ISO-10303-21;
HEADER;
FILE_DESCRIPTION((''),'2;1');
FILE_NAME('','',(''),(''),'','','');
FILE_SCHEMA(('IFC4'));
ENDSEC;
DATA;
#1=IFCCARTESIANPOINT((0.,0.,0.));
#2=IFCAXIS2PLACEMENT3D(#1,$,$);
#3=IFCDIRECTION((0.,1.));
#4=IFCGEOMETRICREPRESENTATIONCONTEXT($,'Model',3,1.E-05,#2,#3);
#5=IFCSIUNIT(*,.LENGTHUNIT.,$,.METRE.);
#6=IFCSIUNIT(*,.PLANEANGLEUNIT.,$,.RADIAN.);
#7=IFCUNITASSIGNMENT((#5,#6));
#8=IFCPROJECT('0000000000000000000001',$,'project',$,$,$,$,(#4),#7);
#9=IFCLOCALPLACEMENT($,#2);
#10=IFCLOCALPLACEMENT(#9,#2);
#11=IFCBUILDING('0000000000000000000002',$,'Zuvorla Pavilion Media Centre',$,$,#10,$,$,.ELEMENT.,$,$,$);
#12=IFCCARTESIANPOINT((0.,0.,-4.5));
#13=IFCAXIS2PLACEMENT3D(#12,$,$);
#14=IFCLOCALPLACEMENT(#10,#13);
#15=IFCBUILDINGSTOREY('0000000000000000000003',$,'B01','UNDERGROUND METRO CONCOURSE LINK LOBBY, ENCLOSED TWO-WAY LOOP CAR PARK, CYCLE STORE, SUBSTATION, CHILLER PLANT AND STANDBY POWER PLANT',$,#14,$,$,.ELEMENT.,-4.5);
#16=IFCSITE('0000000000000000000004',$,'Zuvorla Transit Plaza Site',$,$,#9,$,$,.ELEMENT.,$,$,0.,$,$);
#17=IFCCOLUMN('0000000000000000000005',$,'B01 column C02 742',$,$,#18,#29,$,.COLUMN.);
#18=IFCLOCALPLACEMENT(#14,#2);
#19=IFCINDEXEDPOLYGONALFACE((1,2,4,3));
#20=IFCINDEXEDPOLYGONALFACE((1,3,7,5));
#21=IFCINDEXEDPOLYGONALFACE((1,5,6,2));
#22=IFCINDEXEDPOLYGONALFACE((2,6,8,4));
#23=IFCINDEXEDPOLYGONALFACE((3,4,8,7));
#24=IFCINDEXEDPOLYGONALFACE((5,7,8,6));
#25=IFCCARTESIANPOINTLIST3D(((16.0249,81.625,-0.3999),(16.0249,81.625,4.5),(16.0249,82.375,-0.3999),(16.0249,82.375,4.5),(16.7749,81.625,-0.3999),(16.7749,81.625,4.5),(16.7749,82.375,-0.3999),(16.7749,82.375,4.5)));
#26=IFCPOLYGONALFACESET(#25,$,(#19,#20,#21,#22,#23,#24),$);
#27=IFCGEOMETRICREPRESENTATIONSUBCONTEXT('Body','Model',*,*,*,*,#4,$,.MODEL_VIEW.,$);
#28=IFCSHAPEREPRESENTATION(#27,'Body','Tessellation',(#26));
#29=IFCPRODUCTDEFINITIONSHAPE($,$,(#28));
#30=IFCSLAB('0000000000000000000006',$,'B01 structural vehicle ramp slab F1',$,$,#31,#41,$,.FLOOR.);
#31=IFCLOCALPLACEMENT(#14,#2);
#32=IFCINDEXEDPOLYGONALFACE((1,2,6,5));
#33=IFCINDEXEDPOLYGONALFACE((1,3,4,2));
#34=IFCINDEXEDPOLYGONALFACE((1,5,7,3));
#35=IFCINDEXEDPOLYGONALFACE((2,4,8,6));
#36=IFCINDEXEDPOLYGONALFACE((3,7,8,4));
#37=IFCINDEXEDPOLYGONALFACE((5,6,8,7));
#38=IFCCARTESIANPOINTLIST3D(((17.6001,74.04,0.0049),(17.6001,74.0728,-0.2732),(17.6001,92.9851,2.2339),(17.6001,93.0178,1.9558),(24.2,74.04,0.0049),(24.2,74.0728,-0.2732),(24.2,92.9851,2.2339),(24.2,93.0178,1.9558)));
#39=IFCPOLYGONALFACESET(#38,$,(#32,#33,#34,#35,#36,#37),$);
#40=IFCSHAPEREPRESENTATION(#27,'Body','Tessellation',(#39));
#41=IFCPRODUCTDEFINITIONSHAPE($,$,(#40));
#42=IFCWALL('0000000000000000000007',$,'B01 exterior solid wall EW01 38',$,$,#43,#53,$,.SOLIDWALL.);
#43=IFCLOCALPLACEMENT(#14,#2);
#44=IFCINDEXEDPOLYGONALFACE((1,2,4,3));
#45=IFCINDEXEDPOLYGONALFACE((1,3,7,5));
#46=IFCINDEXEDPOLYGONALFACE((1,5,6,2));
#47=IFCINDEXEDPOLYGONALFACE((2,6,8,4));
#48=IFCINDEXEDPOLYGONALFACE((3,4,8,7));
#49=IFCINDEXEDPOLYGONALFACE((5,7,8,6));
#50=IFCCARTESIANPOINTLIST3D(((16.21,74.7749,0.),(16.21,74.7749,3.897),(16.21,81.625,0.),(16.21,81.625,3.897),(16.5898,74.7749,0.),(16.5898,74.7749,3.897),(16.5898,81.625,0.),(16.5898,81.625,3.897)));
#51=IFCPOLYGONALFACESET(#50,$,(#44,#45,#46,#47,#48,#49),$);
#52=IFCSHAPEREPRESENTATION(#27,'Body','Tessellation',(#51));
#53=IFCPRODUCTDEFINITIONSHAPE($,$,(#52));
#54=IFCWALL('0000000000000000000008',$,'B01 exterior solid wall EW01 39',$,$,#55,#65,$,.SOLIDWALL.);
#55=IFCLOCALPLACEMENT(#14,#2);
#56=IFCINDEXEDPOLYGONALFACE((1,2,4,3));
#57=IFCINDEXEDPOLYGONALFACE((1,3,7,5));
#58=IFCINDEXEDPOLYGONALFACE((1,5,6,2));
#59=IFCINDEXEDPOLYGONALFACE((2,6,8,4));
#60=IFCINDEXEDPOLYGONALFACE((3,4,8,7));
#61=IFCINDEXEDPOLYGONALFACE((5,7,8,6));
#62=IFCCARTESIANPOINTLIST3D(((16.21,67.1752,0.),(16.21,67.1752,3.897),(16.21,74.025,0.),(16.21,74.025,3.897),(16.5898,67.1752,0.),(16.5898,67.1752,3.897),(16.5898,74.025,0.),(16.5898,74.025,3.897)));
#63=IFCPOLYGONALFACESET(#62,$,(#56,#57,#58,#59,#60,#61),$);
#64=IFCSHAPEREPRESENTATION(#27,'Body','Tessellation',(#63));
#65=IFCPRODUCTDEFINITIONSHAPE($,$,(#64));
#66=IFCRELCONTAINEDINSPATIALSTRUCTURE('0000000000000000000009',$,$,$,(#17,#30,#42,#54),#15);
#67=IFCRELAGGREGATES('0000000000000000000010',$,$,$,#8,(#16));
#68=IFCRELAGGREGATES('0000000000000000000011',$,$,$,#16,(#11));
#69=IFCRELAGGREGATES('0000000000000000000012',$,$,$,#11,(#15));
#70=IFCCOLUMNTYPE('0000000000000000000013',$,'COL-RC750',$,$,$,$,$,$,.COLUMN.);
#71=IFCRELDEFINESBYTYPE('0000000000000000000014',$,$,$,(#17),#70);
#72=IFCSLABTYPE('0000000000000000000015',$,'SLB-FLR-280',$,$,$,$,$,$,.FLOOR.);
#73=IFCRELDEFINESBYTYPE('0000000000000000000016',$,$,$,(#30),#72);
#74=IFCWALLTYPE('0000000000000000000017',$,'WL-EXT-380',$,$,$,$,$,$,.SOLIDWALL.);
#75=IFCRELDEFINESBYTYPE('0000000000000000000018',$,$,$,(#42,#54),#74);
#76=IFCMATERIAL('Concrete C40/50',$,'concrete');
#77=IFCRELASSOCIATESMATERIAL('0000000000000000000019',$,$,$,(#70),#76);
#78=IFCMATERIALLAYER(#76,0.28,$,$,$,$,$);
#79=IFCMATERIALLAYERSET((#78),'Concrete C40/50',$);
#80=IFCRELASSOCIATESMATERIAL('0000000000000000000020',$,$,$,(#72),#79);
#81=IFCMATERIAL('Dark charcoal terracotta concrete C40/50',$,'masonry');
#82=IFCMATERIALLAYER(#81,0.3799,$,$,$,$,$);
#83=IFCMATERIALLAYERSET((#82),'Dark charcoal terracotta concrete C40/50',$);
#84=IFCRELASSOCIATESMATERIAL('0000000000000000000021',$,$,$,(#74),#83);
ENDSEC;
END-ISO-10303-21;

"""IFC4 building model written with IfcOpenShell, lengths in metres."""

from ifc_helpers import new_model, si_unit, direction, frame, frame_2d, origin, origin_2d, place, context, subcontext, project, spatial, polyline, rectangle, outline, extrude, material, layer, layer_set, material_profile, profile_set, type_object, element, save


model = new_model("IFC4")

# Units and contexts
model_context = context("Model", 3, precision=1e-05, world=origin(), true_north=direction((0.0, 1.0)))
body_context = subcontext(model_context, "Body", "Model", "MODEL_VIEW")
ifc_project = project(units=[si_unit("LENGTHUNIT", "METRE"), si_unit("PLANEANGLEUNIT", "RADIAN")], contexts=[model_context])

# Site, building, storey
site_placement = place(None, origin())
site = spatial("IfcSite", under=ifc_project, at=site_placement, Name="Zuvorla Transit Plaza Site", CompositionType="ELEMENT", RefElevation=0.0)
building_placement = place(site_placement, origin())
building = spatial("IfcBuilding", under=site, at=building_placement, Name="Zuvorla Pavilion Media Centre", CompositionType="ELEMENT")
storey_placement = place(building_placement, frame((0.0, 0.0, -4.5)))
storey = spatial("IfcBuildingStorey", under=building, at=storey_placement, Name="B01", Description="UNDERGROUND METRO CONCOURSE LINK LOBBY, ENCLOSED TWO-WAY LOOP CAR PARK, CYCLE STORE, SUBSTATION, CHILLER PLANT AND STANDBY POWER PLANT", CompositionType="ELEMENT", Elevation=-4.5)

# Shared definitions
ifc_material_1 = material(Name="Concrete C40/50", Category="concrete")

# Column
ifc_material_profile_1 = material_profile(ifc_material_1, rectangle(XDim=0.75, YDim=0.75, at=origin_2d()), Name="RC 750x750")
ifc_profile_set_1 = profile_set([ifc_material_profile_1], Name="Concrete C40/50")
column_type = type_object("IfcColumnType", Name="COL-RC750", PredefinedType="COLUMN", material=ifc_profile_set_1)
for number, where, z_axis, x_axis, name in (
    (1, (16.3999, 82.0, -0.3999), (0.0, 0.0, 1.0), (1.0, 0.0, 0.0), "B01 column C02 742"),
):
    element("IfcColumn", number, at=place(storey_placement, frame(where, z_axis=z_axis, x_axis=x_axis)), inside=storey, type_object=column_type, Name=name, PredefinedType="COLUMN", context=body_context, shape_type="SweptSolid", body=[
        extrude(rectangle(XDim=0.75, YDim=0.75, at=origin_2d()), origin(), (0.0, 0.0, 1.0), 4.8999),
    ])

# Slab
ifc_layer_1 = layer(ifc_material_1, 0.28)
ifc_layer_set_1 = layer_set([ifc_layer_1], Name="Concrete C40/50")
slab_type = type_object("IfcSlabType", Name="SLB-FLR-280", PredefinedType="FLOOR", material=ifc_layer_set_1)
slab_placement = place(storey_placement, frame((17.6001, 74.04, 0.0049), z_axis=(0.0, -0.11685, 0.99315), x_axis=(1.0, 0.0, 0.0)))
element("IfcSlab", 2, at=slab_placement, inside=storey, type_object=slab_type, Name="B01 structural vehicle ramp slab F1", PredefinedType="FLOOR", context=body_context, shape_type="SweptSolid", body=[
    extrude(outline(polyline([(0.0, 0.0), (6.5999, 0.0), (6.5999, 19.0757), (0.0, 19.0757), (0.0, 0.0)])), origin(), (0.0, 0.0, -1.0), 0.28),
])

# Walls
ifc_material_2 = material(Name="Dark charcoal terracotta concrete C40/50", Category="masonry")
ifc_layer_2 = layer(ifc_material_2, 0.3799)
ifc_layer_set_2 = layer_set([ifc_layer_2], Name="Dark charcoal terracotta concrete C40/50")
wall_type = type_object("IfcWallType", Name="WL-EXT-380", PredefinedType="SOLIDWALL", material=ifc_layer_set_2)
wall_1_placement = place(storey_placement, frame((16.3999, 81.625, 0.0), z_axis=(0.0, 0.0, 1.0), x_axis=(0.0, -1.0, 0.0)))
element("IfcWall", 3, at=wall_1_placement, inside=storey, type_object=wall_type, Name="B01 exterior solid wall EW01 38", PredefinedType="SOLIDWALL", context=body_context, shape_type="SweptSolid", body=[
    extrude(rectangle(XDim=6.8501, YDim=0.3799, at=frame_2d((3.425, 0.0))), origin(), (0.0, 0.0, 1.0), 3.897),
])
wall_2_placement = place(storey_placement, frame((16.3999, 74.0249, 0.0), z_axis=(0.0, 0.0, 1.0), x_axis=(0.0, -1.0, 0.0)))
element("IfcWall", 4, at=wall_2_placement, inside=storey, type_object=wall_type, Name="B01 exterior solid wall EW01 39", PredefinedType="SOLIDWALL", context=body_context, shape_type="SweptSolid", body=[
    extrude(rectangle(XDim=6.8499, YDim=0.3799, at=frame_2d((3.4248, 0.0))), origin(), (0.0, 0.0, 1.0), 3.897),
])

save(model, "model.ifc")
